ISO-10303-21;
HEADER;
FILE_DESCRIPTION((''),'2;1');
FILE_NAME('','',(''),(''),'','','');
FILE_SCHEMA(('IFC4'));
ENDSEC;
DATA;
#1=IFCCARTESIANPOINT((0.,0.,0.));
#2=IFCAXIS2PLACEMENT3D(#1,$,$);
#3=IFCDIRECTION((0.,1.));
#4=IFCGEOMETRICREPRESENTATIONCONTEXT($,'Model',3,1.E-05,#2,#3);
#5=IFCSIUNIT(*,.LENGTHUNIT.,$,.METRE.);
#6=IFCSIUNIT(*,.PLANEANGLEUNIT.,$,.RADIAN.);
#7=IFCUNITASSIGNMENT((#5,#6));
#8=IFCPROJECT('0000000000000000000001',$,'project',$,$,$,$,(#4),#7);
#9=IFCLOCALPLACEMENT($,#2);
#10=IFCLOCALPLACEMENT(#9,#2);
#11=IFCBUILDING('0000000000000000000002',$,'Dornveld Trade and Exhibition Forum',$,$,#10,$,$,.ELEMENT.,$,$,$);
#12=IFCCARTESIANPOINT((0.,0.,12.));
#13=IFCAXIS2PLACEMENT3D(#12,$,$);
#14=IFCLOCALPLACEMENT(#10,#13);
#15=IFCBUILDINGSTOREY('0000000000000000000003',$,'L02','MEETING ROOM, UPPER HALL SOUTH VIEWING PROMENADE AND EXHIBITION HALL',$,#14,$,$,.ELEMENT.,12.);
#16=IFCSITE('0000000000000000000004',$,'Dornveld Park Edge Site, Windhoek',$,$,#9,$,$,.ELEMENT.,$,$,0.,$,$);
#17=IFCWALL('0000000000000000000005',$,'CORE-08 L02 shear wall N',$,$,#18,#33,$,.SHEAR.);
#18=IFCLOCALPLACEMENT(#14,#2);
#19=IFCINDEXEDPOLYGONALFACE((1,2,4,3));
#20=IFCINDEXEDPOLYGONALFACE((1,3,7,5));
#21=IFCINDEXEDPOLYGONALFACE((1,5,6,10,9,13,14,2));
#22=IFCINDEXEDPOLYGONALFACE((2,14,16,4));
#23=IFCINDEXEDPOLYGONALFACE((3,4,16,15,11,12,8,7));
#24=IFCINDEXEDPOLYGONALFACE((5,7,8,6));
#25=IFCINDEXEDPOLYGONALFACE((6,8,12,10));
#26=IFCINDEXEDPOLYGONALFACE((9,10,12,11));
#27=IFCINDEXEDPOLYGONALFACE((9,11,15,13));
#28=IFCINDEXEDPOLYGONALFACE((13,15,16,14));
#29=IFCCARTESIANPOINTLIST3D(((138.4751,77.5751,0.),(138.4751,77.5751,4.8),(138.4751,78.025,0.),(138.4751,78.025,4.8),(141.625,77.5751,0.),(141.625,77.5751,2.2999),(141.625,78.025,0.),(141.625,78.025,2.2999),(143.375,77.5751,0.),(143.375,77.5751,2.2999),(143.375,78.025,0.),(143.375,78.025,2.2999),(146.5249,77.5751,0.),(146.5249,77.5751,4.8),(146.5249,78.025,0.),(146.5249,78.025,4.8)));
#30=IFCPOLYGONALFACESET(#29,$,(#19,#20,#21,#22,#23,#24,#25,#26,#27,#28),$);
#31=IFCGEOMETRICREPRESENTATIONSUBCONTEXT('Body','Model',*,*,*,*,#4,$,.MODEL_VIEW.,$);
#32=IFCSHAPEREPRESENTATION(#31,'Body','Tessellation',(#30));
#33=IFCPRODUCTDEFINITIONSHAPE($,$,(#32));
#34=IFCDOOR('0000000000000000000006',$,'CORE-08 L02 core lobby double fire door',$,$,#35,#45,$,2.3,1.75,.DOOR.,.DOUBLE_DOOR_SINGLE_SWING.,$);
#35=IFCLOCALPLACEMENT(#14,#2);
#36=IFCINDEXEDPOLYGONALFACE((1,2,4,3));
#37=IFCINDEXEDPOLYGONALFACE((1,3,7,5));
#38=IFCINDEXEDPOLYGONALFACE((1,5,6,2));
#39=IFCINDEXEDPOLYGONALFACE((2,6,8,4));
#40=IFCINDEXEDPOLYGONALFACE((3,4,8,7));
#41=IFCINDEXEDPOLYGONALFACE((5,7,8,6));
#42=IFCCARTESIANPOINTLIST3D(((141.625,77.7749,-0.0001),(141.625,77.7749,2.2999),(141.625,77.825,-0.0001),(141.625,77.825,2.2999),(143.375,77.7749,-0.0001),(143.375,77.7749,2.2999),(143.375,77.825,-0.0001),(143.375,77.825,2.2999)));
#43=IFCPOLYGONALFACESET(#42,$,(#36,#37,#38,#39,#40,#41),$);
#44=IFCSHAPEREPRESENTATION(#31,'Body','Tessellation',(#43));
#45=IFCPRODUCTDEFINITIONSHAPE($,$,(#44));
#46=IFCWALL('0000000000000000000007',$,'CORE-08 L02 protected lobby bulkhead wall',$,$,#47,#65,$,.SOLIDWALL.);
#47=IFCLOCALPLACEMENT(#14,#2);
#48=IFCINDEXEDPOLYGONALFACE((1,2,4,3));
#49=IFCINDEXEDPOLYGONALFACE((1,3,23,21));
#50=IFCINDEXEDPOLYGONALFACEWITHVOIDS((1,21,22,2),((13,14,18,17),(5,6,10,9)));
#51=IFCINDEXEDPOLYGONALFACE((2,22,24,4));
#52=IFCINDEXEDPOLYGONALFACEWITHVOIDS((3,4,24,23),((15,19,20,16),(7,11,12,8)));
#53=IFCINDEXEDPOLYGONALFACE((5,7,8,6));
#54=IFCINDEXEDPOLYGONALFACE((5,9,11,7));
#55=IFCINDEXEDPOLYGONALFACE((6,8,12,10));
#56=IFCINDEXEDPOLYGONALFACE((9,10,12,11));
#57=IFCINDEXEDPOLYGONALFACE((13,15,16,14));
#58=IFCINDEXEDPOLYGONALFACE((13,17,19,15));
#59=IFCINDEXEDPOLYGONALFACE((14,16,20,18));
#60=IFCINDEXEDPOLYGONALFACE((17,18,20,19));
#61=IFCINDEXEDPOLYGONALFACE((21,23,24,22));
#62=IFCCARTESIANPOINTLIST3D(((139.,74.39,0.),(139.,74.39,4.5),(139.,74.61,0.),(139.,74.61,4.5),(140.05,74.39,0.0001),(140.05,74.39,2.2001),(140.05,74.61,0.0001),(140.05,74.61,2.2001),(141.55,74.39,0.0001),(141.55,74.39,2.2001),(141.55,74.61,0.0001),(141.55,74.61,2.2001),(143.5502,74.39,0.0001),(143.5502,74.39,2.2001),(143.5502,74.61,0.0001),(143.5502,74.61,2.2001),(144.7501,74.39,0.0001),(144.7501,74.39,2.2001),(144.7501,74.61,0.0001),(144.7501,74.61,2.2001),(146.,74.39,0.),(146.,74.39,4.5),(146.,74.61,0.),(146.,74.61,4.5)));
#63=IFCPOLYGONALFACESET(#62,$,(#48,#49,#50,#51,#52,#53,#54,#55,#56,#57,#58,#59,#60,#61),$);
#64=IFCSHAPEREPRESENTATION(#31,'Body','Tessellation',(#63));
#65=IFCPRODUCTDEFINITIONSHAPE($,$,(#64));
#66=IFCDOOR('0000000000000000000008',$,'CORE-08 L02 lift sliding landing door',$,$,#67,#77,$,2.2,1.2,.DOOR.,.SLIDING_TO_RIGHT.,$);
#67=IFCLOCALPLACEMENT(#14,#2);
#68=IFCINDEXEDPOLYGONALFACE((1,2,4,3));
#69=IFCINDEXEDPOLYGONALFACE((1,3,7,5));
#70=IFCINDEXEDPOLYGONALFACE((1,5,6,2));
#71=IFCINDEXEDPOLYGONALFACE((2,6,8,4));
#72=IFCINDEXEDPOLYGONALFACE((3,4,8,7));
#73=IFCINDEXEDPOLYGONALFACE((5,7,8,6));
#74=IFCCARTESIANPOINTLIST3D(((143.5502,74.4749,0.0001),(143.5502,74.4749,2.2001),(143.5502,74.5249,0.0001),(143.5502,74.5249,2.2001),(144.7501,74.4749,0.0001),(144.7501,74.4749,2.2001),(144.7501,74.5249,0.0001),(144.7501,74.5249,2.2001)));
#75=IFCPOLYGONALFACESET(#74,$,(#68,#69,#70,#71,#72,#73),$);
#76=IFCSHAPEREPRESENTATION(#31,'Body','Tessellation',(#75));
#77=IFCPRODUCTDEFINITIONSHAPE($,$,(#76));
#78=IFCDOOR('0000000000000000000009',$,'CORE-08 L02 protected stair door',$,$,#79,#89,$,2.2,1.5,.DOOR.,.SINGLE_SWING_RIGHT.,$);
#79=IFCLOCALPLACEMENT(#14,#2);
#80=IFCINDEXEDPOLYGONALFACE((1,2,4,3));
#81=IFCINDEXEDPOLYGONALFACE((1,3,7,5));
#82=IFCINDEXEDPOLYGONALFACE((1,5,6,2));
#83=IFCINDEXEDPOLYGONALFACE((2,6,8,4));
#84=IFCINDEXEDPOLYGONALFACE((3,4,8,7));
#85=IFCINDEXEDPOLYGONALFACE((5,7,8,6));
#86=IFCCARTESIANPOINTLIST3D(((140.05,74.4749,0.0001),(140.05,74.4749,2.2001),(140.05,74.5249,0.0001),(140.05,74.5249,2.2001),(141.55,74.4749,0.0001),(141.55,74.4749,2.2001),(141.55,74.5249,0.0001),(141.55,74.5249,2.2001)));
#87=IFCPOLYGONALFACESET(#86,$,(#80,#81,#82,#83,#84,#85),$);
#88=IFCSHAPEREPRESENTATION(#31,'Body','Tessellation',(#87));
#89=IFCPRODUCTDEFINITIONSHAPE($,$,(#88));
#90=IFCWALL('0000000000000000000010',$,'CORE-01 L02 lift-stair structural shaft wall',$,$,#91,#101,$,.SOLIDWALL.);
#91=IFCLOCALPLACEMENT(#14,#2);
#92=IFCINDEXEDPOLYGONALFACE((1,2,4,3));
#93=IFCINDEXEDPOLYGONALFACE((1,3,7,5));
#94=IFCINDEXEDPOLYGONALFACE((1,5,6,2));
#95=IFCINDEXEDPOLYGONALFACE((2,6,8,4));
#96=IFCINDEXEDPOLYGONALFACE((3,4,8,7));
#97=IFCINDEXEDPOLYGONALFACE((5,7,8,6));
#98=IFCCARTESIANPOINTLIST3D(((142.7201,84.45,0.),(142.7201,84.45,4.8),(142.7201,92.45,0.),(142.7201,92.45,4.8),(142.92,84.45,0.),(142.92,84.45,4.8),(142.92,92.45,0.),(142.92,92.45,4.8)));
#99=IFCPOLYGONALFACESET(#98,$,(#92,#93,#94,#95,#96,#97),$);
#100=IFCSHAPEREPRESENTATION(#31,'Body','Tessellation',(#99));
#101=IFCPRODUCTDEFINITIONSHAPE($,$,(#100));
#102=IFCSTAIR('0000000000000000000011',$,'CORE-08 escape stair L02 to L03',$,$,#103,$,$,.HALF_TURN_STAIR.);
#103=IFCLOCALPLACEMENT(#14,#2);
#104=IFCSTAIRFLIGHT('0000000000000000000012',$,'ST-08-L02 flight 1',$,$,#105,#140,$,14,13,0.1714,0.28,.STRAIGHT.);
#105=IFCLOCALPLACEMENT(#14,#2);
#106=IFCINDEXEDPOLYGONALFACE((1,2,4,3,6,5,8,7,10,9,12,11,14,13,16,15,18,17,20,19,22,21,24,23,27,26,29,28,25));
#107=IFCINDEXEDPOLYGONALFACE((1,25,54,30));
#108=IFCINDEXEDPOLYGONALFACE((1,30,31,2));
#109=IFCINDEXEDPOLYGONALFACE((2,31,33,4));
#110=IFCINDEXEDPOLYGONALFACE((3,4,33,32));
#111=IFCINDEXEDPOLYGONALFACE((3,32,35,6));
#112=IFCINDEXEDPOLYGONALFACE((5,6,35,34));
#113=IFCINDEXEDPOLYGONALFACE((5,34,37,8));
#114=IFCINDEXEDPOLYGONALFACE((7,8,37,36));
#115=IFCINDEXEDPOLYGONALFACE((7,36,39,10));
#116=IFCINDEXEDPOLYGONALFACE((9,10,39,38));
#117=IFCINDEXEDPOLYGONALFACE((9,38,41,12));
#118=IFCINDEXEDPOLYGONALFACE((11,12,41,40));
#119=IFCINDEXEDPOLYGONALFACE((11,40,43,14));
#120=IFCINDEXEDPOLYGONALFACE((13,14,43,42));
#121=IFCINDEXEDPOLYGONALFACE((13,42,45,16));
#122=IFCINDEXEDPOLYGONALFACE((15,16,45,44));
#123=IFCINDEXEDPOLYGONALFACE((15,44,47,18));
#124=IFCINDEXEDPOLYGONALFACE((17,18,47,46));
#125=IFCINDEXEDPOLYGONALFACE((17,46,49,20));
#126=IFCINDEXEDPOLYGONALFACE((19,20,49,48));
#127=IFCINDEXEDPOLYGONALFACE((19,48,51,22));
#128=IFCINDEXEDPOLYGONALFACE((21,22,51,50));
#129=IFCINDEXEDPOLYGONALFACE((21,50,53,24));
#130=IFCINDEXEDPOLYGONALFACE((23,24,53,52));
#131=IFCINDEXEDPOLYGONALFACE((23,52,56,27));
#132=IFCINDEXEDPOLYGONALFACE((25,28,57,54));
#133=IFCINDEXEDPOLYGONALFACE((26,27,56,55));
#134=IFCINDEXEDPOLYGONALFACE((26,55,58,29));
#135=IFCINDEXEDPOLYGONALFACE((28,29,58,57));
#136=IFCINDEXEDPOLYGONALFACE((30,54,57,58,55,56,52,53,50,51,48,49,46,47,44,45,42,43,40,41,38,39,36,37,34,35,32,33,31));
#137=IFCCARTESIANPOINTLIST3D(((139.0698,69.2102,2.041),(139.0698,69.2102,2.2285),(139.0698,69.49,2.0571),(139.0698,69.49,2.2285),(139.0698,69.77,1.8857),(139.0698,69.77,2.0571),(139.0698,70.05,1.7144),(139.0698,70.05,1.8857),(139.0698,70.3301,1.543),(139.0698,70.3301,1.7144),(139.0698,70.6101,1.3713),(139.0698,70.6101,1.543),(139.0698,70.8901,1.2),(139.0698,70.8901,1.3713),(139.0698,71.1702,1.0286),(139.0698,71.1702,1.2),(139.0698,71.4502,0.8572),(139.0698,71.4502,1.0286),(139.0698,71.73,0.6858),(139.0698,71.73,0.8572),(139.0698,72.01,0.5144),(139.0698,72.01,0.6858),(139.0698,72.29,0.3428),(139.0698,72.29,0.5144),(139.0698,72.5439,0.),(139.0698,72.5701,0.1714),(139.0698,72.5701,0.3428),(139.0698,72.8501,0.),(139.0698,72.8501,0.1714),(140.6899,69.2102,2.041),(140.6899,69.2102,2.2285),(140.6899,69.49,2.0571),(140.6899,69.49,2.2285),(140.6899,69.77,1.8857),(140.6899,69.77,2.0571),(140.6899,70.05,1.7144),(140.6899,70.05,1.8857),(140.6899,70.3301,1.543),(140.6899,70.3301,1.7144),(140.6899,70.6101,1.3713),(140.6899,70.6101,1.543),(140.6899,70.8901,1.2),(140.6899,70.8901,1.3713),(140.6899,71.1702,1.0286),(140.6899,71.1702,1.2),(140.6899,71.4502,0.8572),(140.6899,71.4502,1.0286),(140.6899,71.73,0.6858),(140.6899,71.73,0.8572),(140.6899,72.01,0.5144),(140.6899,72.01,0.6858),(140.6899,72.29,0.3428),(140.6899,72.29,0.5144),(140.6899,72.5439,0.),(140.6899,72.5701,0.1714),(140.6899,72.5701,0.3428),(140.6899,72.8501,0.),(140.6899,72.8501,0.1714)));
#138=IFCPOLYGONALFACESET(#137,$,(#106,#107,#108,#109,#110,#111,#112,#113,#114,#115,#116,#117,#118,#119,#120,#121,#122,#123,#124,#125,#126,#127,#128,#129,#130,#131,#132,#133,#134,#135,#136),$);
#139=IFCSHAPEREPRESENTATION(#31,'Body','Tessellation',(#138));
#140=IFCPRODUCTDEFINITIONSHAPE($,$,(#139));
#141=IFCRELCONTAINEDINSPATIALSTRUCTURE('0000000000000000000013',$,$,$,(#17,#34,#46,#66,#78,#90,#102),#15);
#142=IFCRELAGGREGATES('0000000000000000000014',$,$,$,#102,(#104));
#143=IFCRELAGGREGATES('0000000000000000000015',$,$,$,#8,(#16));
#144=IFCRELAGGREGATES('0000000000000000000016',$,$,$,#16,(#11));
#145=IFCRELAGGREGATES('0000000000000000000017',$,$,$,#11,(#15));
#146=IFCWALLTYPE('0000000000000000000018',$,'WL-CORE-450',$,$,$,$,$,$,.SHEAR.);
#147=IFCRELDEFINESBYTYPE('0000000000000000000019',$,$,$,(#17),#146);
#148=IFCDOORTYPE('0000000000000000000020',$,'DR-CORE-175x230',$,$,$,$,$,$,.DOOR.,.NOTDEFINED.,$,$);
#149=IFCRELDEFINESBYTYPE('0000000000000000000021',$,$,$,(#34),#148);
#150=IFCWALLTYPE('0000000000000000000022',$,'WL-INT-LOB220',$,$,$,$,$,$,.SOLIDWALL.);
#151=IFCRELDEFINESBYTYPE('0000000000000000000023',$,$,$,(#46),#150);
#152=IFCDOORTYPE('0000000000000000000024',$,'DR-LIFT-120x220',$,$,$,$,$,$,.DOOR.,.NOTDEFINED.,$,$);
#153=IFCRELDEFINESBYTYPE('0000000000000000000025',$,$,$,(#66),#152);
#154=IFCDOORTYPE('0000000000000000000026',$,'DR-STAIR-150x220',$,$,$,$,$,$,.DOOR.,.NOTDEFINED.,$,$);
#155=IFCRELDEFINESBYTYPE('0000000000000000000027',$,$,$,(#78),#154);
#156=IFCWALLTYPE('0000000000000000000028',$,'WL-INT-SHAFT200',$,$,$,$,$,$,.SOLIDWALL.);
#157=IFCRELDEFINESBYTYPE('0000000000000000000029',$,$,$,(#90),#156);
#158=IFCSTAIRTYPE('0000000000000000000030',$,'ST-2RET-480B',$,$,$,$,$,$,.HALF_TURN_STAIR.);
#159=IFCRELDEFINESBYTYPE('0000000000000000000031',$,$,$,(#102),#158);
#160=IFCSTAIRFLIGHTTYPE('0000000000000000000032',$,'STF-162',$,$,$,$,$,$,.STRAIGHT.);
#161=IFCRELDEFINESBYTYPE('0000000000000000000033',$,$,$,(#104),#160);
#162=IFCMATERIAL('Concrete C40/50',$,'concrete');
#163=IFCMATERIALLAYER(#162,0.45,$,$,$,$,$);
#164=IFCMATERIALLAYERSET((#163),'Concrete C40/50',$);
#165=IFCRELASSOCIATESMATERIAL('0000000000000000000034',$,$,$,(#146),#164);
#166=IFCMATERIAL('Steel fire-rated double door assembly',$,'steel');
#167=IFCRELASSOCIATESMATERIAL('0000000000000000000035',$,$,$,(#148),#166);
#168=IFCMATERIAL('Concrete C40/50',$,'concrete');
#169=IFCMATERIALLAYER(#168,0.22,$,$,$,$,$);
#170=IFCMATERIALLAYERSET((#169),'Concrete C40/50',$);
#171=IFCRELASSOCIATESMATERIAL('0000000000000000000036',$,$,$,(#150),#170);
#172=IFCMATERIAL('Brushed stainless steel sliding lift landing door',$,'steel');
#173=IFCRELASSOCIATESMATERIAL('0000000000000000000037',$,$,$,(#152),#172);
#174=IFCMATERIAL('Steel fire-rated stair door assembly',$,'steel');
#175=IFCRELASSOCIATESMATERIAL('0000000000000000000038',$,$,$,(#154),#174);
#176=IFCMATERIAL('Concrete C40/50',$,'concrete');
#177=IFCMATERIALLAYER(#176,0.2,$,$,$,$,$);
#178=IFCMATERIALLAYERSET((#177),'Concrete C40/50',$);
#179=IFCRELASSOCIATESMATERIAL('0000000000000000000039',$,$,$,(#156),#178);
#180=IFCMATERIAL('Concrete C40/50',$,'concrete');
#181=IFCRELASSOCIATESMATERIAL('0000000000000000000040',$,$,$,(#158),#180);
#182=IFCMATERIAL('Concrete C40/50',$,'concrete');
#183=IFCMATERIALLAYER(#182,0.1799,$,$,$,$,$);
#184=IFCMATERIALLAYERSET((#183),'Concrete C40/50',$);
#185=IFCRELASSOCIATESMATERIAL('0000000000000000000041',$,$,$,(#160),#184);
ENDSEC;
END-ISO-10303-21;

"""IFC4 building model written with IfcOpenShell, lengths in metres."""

from ifc_helpers import new_model, si_unit, direction, frame, frame_2d, origin, place, context, subcontext, project, spatial, polyline, rectangle, outline, extrude, material, layer, layer_set, type_object, element, fill, aggregate, save


model = new_model("IFC4")

# Units and contexts
model_context = context("Model", 3, precision=1e-05, world=origin(), true_north=direction((0.0, 1.0)))
body_context = subcontext(model_context, "Body", "Model", "MODEL_VIEW")
ifc_project = project(units=[si_unit("LENGTHUNIT", "METRE"), si_unit("PLANEANGLEUNIT", "RADIAN")], contexts=[model_context])

# Site, building, storey
site_placement = place(None, origin())
site = spatial("IfcSite", under=ifc_project, at=site_placement, Name="Dornveld Park Edge Site, Windhoek", CompositionType="ELEMENT", RefElevation=0.0)
building_placement = place(site_placement, origin())
building = spatial("IfcBuilding", under=site, at=building_placement, Name="Dornveld Trade and Exhibition Forum", CompositionType="ELEMENT")
storey_placement = place(building_placement, frame((0.0, 0.0, 12.0)))
storey = spatial("IfcBuildingStorey", under=building, at=storey_placement, Name="L02", Description="MEETING ROOM, UPPER HALL SOUTH VIEWING PROMENADE AND EXHIBITION HALL", CompositionType="ELEMENT", Elevation=12.0)

# Shared definitions
ifc_material_1 = material(Name="Concrete C40/50", Category="concrete")
ifc_layer_1 = layer(ifc_material_1, 0.45)
ifc_layer_set_1 = layer_set([ifc_layer_1], Name="Concrete C40/50")
wall_type_1 = type_object("IfcWallType", Name="WL-CORE-450", PredefinedType="SHEAR", material=ifc_layer_set_1)

# Wall, opening, door
wall_1_placement = place(storey_placement, frame((138.4751, 77.8, 0.0), z_axis=(0.0, 0.0, 1.0), x_axis=(1.0, 0.0, 0.0)))
wall_1 = element("IfcWall", 1, at=wall_1_placement, inside=storey, type_object=wall_type_1, Name="CORE-08 L02 shear wall N", PredefinedType="SHEAR", context=body_context, shape_type="SweptSolid", body=[
    extrude(rectangle(XDim=8.0498, YDim=0.45, at=frame_2d((4.0249, 0.0))), origin(), (0.0, 0.0, 1.0), 4.8),
])
opening_1_placement = place(wall_1_placement, frame((3.1499, 0.0, 0.0)))
opening_1 = element("IfcOpeningElement", 2, at=opening_1_placement, cuts=wall_1, PredefinedType="OPENING", context=body_context, shape_type="SweptSolid", body=[
    extrude(rectangle(XDim=1.75, YDim=2.3, at=frame_2d((0.875, 1.1499))), frame((0.0, 0.2349, 0.0), z_axis=(0.0, -1.0, 0.0), x_axis=(1.0, 0.0, 0.0)), (0.0, 0.0, 1.0), 0.47),
])
ifc_material_2 = material(Name="Steel fire-rated double door assembly", Category="steel")
door_type_1 = type_object("IfcDoorType", Name="DR-CORE-175x230", OperationType="NOTDEFINED", PredefinedType="DOOR", material=ifc_material_2)
door_1_placement = place(opening_1_placement, origin())
door_1 = element("IfcDoor", 3, at=door_1_placement, inside=storey, type_object=door_type_1, Name="CORE-08 L02 core lobby double fire door", OperationType="DOUBLE_DOOR_SINGLE_SWING", OverallHeight=2.3, OverallWidth=1.75, PredefinedType="DOOR", context=body_context, shape_type="SweptSolid", body=[
    extrude(rectangle(XDim=1.75, YDim=2.3, at=frame_2d((0.875, 1.1499))), frame((0.0, 0.0249, 0.0), z_axis=(0.0, -1.0, 0.0), x_axis=(1.0, 0.0, 0.0)), (0.0, 0.0, 1.0), 0.05),
])
fill(opening_1, door_1)

# Wall, openings, doors
ifc_material_3 = material(Name="Concrete C40/50", Category="concrete")
ifc_layer_2 = layer(ifc_material_3, 0.22)
ifc_layer_set_2 = layer_set([ifc_layer_2], Name="Concrete C40/50")
wall_type_2 = type_object("IfcWallType", Name="WL-INT-LOB220", PredefinedType="SOLIDWALL", material=ifc_layer_set_2)
wall_2_placement = place(storey_placement, frame((139.0, 74.5, 0.0), z_axis=(0.0, 0.0, 1.0), x_axis=(1.0, 0.0, 0.0)))
wall_2 = element("IfcWall", 4, at=wall_2_placement, inside=storey, type_object=wall_type_2, Name="CORE-08 L02 protected lobby bulkhead wall", PredefinedType="SOLIDWALL", context=body_context, shape_type="SweptSolid", body=[
    extrude(rectangle(XDim=7.0, YDim=0.22, at=frame_2d((3.5, 0.0))), origin(), (0.0, 0.0, 1.0), 4.5),
])
opening_2_placement = place(wall_2_placement, frame((1.05, 0.0, 0.0)))
opening_2 = element("IfcOpeningElement", 5, at=opening_2_placement, cuts=wall_2, PredefinedType="OPENING", context=body_context, shape_type="SweptSolid", body=[
    extrude(rectangle(XDim=1.5, YDim=2.2, at=frame_2d((0.75, 1.1001))), frame((0.0, 0.1199, 0.0), z_axis=(0.0, -1.0, 0.0), x_axis=(1.0, 0.0, 0.0)), (0.0, 0.0, 1.0), 0.24),
])
opening_3_placement = place(wall_2_placement, frame((4.55, 0.0, 0.0)))
opening_3 = element("IfcOpeningElement", 6, at=opening_3_placement, cuts=wall_2, PredefinedType="OPENING", context=body_context, shape_type="SweptSolid", body=[
    extrude(rectangle(XDim=1.2, YDim=2.2, at=frame_2d((0.6001, 1.1001))), frame((0.0, 0.1199, 0.0), z_axis=(0.0, -1.0, 0.0), x_axis=(1.0, 0.0, 0.0)), (0.0, 0.0, 1.0), 0.24),
])
ifc_material_4 = material(Name="Brushed stainless steel sliding lift landing door", Category="steel")
door_type_2 = type_object("IfcDoorType", Name="DR-LIFT-120x220", OperationType="NOTDEFINED", PredefinedType="DOOR", material=ifc_material_4)
door_2_placement = place(opening_3_placement, origin())
door_2 = element("IfcDoor", 7, at=door_2_placement, inside=storey, type_object=door_type_2, Name="CORE-08 L02 lift sliding landing door", OperationType="SLIDING_TO_RIGHT", OverallHeight=2.2, OverallWidth=1.2, PredefinedType="DOOR", context=body_context, shape_type="SweptSolid", body=[
    extrude(rectangle(XDim=1.2, YDim=2.2, at=frame_2d((0.6001, 1.1001))), frame((0.0, 0.0249, 0.0), z_axis=(0.0, -1.0, 0.0), x_axis=(1.0, 0.0, 0.0)), (0.0, 0.0, 1.0), 0.05),
])
fill(opening_3, door_2)
ifc_material_5 = material(Name="Steel fire-rated stair door assembly", Category="steel")
door_type_3 = type_object("IfcDoorType", Name="DR-STAIR-150x220", OperationType="NOTDEFINED", PredefinedType="DOOR", material=ifc_material_5)
door_3_placement = place(opening_2_placement, origin())
door_3 = element("IfcDoor", 8, at=door_3_placement, inside=storey, type_object=door_type_3, Name="CORE-08 L02 protected stair door", OperationType="SINGLE_SWING_RIGHT", OverallHeight=2.2, OverallWidth=1.5, PredefinedType="DOOR", context=body_context, shape_type="SweptSolid", body=[
    extrude(rectangle(XDim=1.5, YDim=2.2, at=frame_2d((0.75, 1.1001))), frame((0.0, 0.0249, 0.0), z_axis=(0.0, -1.0, 0.0), x_axis=(1.0, 0.0, 0.0)), (0.0, 0.0, 1.0), 0.05),
])
fill(opening_2, door_3)

# Wall
ifc_material_6 = material(Name="Concrete C40/50", Category="concrete")
ifc_layer_3 = layer(ifc_material_6, 0.2)
ifc_layer_set_3 = layer_set([ifc_layer_3], Name="Concrete C40/50")
wall_type_3 = type_object("IfcWallType", Name="WL-INT-SHAFT200", PredefinedType="SOLIDWALL", material=ifc_layer_set_3)
wall_3_placement = place(storey_placement, frame((142.8201, 84.45, 0.0), z_axis=(0.0, 0.0, 1.0), x_axis=(0.0, 1.0, 0.0)))
element("IfcWall", 9, at=wall_3_placement, inside=storey, type_object=wall_type_3, Name="CORE-01 L02 lift-stair structural shaft wall", PredefinedType="SOLIDWALL", context=body_context, shape_type="SweptSolid", body=[
    extrude(rectangle(XDim=8.0, YDim=0.2, at=frame_2d((4.0, 0.0))), origin(), (0.0, 0.0, 1.0), 4.8),
])

# Stair, stair flight
ifc_material_7 = material(Name="Concrete C40/50", Category="concrete")
stair_type = type_object("IfcStairType", Name="ST-2RET-480B", PredefinedType="HALF_TURN_STAIR", material=ifc_material_7)
stair_placement = place(storey_placement, origin())
stair = element("IfcStair", 10, at=stair_placement, inside=storey, type_object=stair_type, Name="CORE-08 escape stair L02 to L03", PredefinedType="HALF_TURN_STAIR")
ifc_material_8 = material(Name="Concrete C40/50", Category="concrete")
ifc_layer_4 = layer(ifc_material_8, 0.1799)
ifc_layer_set_4 = layer_set([ifc_layer_4], Name="Concrete C40/50")
stair_flight_type = type_object("IfcStairFlightType", Name="STF-162", PredefinedType="STRAIGHT", material=ifc_layer_set_4)
stair_flight_placement = place(storey_placement, frame((139.8799, 72.8501, 0.0), z_axis=(0.0, 0.0, 1.0), x_axis=(0.0, -1.0, 0.0)))
stair_flight = element("IfcStairFlight", 11, at=stair_flight_placement, type_object=stair_flight_type, Name="ST-08-L02 flight 1", NumberOfRisers=14, NumberOfTreads=13, PredefinedType="STRAIGHT", RiserHeight=0.1714, TreadLength=0.28, context=body_context, shape_type="SweptSolid", body=[
    extrude(outline(polyline([(0.0, 0.0), (0.0, 0.1714), (0.28, 0.1714), (0.28, 0.3428), (0.5601, 0.3428), (0.5601, 0.5144), (0.8401, 0.5144), (0.8401, 0.6858), (1.1201, 0.6858), (1.1201, 0.8572), (1.3999, 0.8572), (1.3999, 1.0286), (1.6799, 1.0286), (1.6799, 1.2), (1.96, 1.2), (1.96, 1.3713), (2.24, 1.3713), (2.24, 1.543), (2.52, 1.543), (2.52, 1.7144), (2.8, 1.7144), (2.8, 1.8857), (3.0801, 1.8857), (3.0801, 2.0571), (3.3601, 2.0571), (3.3601, 2.2285), (3.6399, 2.2285), (3.6399, 2.3999), (3.6399, 2.041), (0.3062, 0.0), (0.0, 0.0)])), frame((0.0, 0.8101, 0.0), z_axis=(0.0, -1.0, 0.0), x_axis=(1.0, 0.0, 0.0)), (0.0, 0.0, 1.0), 1.6201),
])
aggregate(stair, [stair_flight])

save(model, "model.ifc")
